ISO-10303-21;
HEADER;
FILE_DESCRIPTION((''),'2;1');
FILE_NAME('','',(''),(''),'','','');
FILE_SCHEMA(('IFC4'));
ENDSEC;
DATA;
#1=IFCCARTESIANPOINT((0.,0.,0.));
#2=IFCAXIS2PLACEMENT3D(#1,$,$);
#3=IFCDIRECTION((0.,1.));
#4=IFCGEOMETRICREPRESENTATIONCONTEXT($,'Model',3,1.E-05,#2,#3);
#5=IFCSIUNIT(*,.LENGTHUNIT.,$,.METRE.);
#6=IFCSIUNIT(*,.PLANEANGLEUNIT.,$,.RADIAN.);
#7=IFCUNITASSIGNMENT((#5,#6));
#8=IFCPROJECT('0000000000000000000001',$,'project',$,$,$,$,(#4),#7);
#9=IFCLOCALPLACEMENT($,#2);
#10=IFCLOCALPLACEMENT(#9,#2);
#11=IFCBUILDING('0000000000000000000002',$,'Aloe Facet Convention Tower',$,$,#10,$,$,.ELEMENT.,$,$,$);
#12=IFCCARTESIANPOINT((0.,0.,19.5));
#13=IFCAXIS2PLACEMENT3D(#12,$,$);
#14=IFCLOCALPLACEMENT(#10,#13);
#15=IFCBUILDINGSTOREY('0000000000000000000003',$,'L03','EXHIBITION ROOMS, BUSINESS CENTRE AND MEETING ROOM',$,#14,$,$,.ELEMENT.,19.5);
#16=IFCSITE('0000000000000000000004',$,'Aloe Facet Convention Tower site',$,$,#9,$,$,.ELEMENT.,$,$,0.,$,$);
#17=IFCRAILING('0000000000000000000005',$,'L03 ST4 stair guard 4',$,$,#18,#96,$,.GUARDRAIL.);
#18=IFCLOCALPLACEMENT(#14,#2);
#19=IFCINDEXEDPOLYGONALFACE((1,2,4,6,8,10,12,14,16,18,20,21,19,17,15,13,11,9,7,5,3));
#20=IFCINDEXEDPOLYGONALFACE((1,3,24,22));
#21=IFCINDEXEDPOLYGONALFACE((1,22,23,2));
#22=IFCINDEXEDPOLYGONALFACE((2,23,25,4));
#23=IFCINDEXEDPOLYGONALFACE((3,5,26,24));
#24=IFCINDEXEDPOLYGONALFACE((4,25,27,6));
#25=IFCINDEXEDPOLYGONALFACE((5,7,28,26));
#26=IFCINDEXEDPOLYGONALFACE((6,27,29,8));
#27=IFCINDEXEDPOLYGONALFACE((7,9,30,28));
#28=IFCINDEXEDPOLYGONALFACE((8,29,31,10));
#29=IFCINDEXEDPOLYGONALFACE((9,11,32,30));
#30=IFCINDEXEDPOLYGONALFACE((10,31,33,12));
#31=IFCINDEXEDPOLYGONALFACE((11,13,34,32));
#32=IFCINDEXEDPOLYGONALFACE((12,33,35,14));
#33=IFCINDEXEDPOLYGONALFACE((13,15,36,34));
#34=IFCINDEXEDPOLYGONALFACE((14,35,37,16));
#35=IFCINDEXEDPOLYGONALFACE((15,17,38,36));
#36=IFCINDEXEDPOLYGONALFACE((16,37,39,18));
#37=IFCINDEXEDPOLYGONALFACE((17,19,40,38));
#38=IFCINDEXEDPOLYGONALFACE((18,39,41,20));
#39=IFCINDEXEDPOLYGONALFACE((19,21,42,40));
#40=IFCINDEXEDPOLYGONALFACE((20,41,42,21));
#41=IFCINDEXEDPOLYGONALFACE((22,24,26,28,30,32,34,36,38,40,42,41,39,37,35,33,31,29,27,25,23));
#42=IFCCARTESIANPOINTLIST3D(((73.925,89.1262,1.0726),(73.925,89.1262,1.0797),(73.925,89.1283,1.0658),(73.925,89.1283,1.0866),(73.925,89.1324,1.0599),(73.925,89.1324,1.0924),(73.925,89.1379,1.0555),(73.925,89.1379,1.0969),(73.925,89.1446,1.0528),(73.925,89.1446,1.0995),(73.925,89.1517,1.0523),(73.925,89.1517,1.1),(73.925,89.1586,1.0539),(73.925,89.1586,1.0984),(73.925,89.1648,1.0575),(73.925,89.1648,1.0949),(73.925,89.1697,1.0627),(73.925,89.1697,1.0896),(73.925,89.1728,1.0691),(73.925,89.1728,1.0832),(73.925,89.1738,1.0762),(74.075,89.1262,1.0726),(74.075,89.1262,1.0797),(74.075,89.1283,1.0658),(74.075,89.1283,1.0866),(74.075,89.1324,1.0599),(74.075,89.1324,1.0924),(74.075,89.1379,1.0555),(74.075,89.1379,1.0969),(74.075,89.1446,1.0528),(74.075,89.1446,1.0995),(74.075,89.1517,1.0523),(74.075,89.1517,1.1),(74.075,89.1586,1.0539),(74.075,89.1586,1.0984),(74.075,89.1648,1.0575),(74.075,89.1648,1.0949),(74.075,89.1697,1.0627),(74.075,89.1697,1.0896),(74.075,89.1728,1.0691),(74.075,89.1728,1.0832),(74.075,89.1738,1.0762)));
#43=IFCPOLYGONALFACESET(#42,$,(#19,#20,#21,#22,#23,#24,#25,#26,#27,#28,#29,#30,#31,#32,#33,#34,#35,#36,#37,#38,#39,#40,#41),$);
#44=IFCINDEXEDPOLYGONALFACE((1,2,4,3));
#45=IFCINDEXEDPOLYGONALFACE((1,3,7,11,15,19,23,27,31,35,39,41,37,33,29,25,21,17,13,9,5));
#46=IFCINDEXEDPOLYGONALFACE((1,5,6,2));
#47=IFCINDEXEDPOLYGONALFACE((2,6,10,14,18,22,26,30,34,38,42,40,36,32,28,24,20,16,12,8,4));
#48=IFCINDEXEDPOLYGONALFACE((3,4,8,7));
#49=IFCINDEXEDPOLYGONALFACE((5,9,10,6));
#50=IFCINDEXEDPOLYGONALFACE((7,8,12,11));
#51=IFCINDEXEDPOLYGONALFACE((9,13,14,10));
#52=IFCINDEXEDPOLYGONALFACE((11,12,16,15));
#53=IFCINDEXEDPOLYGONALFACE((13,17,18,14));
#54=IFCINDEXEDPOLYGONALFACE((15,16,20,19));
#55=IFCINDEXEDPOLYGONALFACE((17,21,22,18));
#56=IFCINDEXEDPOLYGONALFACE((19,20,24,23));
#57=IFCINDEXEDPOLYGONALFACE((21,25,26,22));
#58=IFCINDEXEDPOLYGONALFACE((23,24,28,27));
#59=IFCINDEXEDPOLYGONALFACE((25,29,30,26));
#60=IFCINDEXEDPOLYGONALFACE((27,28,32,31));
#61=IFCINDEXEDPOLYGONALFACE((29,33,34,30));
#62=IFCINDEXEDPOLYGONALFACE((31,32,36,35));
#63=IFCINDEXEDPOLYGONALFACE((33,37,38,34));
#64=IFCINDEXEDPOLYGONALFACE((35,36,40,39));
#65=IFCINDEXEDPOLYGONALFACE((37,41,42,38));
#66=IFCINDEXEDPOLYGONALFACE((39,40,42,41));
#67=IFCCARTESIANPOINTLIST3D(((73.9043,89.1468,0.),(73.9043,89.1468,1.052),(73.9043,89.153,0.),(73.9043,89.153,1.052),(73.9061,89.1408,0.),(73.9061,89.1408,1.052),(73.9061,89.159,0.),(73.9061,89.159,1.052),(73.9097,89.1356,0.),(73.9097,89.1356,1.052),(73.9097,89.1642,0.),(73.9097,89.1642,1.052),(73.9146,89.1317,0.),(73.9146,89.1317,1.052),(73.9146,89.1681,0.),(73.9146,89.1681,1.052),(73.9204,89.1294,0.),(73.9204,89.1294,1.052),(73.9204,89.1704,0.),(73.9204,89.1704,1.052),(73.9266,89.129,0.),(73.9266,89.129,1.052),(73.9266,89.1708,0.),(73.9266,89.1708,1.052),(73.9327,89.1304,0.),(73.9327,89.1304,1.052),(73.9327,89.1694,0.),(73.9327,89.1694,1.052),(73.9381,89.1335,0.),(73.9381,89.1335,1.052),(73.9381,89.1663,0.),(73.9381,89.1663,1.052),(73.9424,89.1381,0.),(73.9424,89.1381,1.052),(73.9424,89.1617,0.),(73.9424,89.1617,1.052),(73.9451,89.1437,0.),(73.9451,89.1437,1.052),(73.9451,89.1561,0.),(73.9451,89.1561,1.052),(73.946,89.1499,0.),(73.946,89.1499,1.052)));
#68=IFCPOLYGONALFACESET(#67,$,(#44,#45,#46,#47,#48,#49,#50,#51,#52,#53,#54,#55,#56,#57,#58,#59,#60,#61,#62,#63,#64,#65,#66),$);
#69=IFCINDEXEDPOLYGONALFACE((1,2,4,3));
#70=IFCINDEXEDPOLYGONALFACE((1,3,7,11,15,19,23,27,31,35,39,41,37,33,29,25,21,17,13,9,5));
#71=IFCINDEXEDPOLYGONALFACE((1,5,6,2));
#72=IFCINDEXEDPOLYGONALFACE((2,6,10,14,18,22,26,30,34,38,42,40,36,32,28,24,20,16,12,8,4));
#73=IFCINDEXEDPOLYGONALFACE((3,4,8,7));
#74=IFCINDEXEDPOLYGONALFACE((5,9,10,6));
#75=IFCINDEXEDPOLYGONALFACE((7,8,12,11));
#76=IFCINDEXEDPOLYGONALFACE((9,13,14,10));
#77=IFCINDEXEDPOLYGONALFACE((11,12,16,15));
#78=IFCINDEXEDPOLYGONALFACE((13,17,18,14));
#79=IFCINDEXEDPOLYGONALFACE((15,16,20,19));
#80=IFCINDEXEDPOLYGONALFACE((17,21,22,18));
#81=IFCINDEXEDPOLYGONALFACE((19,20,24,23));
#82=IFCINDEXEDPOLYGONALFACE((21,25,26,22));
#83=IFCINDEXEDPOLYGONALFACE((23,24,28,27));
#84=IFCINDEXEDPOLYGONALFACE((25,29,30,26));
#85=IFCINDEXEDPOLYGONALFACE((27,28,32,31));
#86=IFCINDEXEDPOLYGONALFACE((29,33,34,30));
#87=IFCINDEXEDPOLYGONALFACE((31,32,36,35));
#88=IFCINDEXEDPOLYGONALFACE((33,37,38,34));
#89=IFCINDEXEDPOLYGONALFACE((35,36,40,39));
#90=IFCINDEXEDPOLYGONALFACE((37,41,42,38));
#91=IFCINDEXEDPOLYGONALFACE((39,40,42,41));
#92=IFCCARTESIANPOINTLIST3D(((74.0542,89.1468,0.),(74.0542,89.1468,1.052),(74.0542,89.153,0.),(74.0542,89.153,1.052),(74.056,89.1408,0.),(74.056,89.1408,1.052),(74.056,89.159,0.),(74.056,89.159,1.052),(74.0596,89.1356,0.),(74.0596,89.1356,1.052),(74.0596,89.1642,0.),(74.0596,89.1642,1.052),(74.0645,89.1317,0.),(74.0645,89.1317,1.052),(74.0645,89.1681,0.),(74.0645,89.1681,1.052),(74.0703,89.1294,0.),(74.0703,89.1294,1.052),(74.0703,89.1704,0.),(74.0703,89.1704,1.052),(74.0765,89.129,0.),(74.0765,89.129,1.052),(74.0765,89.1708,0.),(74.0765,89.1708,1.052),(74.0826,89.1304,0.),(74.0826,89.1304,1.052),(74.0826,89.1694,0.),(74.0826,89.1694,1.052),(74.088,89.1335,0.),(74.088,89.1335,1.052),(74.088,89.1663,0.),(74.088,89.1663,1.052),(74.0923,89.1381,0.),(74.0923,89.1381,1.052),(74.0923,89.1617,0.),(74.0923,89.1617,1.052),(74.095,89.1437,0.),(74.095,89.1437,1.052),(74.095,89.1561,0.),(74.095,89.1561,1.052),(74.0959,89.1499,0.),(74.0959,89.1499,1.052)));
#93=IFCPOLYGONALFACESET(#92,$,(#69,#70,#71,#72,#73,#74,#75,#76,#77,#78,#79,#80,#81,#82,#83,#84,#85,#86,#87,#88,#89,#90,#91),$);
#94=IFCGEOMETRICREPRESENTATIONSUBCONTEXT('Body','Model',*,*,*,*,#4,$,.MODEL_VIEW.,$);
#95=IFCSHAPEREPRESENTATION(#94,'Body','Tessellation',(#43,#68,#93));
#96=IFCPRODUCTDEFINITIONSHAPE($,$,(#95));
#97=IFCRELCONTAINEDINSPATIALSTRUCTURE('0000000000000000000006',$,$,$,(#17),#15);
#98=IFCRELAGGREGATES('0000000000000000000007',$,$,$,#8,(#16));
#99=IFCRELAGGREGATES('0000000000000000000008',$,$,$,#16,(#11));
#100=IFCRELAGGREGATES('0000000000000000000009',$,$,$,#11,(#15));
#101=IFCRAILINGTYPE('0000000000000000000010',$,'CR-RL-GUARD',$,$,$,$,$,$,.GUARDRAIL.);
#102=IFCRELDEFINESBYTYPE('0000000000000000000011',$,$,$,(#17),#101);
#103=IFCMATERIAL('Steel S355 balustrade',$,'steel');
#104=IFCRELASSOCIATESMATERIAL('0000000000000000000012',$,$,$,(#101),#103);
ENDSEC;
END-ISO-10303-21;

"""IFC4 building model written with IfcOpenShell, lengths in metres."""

from ifc_helpers import new_model, si_unit, direction, frame, origin, origin_2d, place, context, subcontext, project, spatial, circle, extrude, material, type_object, element, save


model = new_model("IFC4")

# Units and contexts
model_context = context("Model", 3, precision=1e-05, world=origin(), true_north=direction((0.0, 1.0)))
body_context = subcontext(model_context, "Body", "Model", "MODEL_VIEW")
ifc_project = project(units=[si_unit("LENGTHUNIT", "METRE"), si_unit("PLANEANGLEUNIT", "RADIAN")], contexts=[model_context])

# Site, building, storey
site_placement = place(None, origin())
site = spatial("IfcSite", under=ifc_project, at=site_placement, Name="Aloe Facet Convention Tower site", CompositionType="ELEMENT", RefElevation=0.0)
building_placement = place(site_placement, origin())
building = spatial("IfcBuilding", under=site, at=building_placement, Name="Aloe Facet Convention Tower", CompositionType="ELEMENT")
storey_placement = place(building_placement, frame((0.0, 0.0, 19.5)))
storey = spatial("IfcBuildingStorey", under=building, at=storey_placement, Name="L03", Description="EXHIBITION ROOMS, BUSINESS CENTRE AND MEETING ROOM", CompositionType="ELEMENT", Elevation=19.5)

# Railing
ifc_material_1 = material(Name="Steel S355 balustrade", Category="steel")
railing_type_1 = type_object("IfcRailingType", Name="CR-RL-GUARD", PredefinedType="GUARDRAIL", material=ifc_material_1)
railing_1_placement = place(storey_placement, frame((73.925, 89.1499, 0.0)))
element("IfcRailing", 1, at=railing_1_placement, inside=storey, type_object=railing_type_1, Name="L03 ST4 stair guard 4", PredefinedType="GUARDRAIL", context=body_context, shape_type="SweptSolid", body=[
    extrude(circle(Radius=0.0239, at=origin_2d()), frame((0.0, 0.0, 1.0762), z_axis=(1.0, 0.0, 0.0), x_axis=(0.0, 1.0, 0.0)), (0.0, 0.0, 1.0), 0.1499),
    extrude(circle(Radius=0.021, at=origin_2d()), origin(), (0.0, 0.0, 1.0), 1.052),
    extrude(circle(Radius=0.021, at=origin_2d()), frame((0.1499, 0.0, 0.0)), (0.0, 0.0, 1.0), 1.052),
])

save(model, "model.ifc")
